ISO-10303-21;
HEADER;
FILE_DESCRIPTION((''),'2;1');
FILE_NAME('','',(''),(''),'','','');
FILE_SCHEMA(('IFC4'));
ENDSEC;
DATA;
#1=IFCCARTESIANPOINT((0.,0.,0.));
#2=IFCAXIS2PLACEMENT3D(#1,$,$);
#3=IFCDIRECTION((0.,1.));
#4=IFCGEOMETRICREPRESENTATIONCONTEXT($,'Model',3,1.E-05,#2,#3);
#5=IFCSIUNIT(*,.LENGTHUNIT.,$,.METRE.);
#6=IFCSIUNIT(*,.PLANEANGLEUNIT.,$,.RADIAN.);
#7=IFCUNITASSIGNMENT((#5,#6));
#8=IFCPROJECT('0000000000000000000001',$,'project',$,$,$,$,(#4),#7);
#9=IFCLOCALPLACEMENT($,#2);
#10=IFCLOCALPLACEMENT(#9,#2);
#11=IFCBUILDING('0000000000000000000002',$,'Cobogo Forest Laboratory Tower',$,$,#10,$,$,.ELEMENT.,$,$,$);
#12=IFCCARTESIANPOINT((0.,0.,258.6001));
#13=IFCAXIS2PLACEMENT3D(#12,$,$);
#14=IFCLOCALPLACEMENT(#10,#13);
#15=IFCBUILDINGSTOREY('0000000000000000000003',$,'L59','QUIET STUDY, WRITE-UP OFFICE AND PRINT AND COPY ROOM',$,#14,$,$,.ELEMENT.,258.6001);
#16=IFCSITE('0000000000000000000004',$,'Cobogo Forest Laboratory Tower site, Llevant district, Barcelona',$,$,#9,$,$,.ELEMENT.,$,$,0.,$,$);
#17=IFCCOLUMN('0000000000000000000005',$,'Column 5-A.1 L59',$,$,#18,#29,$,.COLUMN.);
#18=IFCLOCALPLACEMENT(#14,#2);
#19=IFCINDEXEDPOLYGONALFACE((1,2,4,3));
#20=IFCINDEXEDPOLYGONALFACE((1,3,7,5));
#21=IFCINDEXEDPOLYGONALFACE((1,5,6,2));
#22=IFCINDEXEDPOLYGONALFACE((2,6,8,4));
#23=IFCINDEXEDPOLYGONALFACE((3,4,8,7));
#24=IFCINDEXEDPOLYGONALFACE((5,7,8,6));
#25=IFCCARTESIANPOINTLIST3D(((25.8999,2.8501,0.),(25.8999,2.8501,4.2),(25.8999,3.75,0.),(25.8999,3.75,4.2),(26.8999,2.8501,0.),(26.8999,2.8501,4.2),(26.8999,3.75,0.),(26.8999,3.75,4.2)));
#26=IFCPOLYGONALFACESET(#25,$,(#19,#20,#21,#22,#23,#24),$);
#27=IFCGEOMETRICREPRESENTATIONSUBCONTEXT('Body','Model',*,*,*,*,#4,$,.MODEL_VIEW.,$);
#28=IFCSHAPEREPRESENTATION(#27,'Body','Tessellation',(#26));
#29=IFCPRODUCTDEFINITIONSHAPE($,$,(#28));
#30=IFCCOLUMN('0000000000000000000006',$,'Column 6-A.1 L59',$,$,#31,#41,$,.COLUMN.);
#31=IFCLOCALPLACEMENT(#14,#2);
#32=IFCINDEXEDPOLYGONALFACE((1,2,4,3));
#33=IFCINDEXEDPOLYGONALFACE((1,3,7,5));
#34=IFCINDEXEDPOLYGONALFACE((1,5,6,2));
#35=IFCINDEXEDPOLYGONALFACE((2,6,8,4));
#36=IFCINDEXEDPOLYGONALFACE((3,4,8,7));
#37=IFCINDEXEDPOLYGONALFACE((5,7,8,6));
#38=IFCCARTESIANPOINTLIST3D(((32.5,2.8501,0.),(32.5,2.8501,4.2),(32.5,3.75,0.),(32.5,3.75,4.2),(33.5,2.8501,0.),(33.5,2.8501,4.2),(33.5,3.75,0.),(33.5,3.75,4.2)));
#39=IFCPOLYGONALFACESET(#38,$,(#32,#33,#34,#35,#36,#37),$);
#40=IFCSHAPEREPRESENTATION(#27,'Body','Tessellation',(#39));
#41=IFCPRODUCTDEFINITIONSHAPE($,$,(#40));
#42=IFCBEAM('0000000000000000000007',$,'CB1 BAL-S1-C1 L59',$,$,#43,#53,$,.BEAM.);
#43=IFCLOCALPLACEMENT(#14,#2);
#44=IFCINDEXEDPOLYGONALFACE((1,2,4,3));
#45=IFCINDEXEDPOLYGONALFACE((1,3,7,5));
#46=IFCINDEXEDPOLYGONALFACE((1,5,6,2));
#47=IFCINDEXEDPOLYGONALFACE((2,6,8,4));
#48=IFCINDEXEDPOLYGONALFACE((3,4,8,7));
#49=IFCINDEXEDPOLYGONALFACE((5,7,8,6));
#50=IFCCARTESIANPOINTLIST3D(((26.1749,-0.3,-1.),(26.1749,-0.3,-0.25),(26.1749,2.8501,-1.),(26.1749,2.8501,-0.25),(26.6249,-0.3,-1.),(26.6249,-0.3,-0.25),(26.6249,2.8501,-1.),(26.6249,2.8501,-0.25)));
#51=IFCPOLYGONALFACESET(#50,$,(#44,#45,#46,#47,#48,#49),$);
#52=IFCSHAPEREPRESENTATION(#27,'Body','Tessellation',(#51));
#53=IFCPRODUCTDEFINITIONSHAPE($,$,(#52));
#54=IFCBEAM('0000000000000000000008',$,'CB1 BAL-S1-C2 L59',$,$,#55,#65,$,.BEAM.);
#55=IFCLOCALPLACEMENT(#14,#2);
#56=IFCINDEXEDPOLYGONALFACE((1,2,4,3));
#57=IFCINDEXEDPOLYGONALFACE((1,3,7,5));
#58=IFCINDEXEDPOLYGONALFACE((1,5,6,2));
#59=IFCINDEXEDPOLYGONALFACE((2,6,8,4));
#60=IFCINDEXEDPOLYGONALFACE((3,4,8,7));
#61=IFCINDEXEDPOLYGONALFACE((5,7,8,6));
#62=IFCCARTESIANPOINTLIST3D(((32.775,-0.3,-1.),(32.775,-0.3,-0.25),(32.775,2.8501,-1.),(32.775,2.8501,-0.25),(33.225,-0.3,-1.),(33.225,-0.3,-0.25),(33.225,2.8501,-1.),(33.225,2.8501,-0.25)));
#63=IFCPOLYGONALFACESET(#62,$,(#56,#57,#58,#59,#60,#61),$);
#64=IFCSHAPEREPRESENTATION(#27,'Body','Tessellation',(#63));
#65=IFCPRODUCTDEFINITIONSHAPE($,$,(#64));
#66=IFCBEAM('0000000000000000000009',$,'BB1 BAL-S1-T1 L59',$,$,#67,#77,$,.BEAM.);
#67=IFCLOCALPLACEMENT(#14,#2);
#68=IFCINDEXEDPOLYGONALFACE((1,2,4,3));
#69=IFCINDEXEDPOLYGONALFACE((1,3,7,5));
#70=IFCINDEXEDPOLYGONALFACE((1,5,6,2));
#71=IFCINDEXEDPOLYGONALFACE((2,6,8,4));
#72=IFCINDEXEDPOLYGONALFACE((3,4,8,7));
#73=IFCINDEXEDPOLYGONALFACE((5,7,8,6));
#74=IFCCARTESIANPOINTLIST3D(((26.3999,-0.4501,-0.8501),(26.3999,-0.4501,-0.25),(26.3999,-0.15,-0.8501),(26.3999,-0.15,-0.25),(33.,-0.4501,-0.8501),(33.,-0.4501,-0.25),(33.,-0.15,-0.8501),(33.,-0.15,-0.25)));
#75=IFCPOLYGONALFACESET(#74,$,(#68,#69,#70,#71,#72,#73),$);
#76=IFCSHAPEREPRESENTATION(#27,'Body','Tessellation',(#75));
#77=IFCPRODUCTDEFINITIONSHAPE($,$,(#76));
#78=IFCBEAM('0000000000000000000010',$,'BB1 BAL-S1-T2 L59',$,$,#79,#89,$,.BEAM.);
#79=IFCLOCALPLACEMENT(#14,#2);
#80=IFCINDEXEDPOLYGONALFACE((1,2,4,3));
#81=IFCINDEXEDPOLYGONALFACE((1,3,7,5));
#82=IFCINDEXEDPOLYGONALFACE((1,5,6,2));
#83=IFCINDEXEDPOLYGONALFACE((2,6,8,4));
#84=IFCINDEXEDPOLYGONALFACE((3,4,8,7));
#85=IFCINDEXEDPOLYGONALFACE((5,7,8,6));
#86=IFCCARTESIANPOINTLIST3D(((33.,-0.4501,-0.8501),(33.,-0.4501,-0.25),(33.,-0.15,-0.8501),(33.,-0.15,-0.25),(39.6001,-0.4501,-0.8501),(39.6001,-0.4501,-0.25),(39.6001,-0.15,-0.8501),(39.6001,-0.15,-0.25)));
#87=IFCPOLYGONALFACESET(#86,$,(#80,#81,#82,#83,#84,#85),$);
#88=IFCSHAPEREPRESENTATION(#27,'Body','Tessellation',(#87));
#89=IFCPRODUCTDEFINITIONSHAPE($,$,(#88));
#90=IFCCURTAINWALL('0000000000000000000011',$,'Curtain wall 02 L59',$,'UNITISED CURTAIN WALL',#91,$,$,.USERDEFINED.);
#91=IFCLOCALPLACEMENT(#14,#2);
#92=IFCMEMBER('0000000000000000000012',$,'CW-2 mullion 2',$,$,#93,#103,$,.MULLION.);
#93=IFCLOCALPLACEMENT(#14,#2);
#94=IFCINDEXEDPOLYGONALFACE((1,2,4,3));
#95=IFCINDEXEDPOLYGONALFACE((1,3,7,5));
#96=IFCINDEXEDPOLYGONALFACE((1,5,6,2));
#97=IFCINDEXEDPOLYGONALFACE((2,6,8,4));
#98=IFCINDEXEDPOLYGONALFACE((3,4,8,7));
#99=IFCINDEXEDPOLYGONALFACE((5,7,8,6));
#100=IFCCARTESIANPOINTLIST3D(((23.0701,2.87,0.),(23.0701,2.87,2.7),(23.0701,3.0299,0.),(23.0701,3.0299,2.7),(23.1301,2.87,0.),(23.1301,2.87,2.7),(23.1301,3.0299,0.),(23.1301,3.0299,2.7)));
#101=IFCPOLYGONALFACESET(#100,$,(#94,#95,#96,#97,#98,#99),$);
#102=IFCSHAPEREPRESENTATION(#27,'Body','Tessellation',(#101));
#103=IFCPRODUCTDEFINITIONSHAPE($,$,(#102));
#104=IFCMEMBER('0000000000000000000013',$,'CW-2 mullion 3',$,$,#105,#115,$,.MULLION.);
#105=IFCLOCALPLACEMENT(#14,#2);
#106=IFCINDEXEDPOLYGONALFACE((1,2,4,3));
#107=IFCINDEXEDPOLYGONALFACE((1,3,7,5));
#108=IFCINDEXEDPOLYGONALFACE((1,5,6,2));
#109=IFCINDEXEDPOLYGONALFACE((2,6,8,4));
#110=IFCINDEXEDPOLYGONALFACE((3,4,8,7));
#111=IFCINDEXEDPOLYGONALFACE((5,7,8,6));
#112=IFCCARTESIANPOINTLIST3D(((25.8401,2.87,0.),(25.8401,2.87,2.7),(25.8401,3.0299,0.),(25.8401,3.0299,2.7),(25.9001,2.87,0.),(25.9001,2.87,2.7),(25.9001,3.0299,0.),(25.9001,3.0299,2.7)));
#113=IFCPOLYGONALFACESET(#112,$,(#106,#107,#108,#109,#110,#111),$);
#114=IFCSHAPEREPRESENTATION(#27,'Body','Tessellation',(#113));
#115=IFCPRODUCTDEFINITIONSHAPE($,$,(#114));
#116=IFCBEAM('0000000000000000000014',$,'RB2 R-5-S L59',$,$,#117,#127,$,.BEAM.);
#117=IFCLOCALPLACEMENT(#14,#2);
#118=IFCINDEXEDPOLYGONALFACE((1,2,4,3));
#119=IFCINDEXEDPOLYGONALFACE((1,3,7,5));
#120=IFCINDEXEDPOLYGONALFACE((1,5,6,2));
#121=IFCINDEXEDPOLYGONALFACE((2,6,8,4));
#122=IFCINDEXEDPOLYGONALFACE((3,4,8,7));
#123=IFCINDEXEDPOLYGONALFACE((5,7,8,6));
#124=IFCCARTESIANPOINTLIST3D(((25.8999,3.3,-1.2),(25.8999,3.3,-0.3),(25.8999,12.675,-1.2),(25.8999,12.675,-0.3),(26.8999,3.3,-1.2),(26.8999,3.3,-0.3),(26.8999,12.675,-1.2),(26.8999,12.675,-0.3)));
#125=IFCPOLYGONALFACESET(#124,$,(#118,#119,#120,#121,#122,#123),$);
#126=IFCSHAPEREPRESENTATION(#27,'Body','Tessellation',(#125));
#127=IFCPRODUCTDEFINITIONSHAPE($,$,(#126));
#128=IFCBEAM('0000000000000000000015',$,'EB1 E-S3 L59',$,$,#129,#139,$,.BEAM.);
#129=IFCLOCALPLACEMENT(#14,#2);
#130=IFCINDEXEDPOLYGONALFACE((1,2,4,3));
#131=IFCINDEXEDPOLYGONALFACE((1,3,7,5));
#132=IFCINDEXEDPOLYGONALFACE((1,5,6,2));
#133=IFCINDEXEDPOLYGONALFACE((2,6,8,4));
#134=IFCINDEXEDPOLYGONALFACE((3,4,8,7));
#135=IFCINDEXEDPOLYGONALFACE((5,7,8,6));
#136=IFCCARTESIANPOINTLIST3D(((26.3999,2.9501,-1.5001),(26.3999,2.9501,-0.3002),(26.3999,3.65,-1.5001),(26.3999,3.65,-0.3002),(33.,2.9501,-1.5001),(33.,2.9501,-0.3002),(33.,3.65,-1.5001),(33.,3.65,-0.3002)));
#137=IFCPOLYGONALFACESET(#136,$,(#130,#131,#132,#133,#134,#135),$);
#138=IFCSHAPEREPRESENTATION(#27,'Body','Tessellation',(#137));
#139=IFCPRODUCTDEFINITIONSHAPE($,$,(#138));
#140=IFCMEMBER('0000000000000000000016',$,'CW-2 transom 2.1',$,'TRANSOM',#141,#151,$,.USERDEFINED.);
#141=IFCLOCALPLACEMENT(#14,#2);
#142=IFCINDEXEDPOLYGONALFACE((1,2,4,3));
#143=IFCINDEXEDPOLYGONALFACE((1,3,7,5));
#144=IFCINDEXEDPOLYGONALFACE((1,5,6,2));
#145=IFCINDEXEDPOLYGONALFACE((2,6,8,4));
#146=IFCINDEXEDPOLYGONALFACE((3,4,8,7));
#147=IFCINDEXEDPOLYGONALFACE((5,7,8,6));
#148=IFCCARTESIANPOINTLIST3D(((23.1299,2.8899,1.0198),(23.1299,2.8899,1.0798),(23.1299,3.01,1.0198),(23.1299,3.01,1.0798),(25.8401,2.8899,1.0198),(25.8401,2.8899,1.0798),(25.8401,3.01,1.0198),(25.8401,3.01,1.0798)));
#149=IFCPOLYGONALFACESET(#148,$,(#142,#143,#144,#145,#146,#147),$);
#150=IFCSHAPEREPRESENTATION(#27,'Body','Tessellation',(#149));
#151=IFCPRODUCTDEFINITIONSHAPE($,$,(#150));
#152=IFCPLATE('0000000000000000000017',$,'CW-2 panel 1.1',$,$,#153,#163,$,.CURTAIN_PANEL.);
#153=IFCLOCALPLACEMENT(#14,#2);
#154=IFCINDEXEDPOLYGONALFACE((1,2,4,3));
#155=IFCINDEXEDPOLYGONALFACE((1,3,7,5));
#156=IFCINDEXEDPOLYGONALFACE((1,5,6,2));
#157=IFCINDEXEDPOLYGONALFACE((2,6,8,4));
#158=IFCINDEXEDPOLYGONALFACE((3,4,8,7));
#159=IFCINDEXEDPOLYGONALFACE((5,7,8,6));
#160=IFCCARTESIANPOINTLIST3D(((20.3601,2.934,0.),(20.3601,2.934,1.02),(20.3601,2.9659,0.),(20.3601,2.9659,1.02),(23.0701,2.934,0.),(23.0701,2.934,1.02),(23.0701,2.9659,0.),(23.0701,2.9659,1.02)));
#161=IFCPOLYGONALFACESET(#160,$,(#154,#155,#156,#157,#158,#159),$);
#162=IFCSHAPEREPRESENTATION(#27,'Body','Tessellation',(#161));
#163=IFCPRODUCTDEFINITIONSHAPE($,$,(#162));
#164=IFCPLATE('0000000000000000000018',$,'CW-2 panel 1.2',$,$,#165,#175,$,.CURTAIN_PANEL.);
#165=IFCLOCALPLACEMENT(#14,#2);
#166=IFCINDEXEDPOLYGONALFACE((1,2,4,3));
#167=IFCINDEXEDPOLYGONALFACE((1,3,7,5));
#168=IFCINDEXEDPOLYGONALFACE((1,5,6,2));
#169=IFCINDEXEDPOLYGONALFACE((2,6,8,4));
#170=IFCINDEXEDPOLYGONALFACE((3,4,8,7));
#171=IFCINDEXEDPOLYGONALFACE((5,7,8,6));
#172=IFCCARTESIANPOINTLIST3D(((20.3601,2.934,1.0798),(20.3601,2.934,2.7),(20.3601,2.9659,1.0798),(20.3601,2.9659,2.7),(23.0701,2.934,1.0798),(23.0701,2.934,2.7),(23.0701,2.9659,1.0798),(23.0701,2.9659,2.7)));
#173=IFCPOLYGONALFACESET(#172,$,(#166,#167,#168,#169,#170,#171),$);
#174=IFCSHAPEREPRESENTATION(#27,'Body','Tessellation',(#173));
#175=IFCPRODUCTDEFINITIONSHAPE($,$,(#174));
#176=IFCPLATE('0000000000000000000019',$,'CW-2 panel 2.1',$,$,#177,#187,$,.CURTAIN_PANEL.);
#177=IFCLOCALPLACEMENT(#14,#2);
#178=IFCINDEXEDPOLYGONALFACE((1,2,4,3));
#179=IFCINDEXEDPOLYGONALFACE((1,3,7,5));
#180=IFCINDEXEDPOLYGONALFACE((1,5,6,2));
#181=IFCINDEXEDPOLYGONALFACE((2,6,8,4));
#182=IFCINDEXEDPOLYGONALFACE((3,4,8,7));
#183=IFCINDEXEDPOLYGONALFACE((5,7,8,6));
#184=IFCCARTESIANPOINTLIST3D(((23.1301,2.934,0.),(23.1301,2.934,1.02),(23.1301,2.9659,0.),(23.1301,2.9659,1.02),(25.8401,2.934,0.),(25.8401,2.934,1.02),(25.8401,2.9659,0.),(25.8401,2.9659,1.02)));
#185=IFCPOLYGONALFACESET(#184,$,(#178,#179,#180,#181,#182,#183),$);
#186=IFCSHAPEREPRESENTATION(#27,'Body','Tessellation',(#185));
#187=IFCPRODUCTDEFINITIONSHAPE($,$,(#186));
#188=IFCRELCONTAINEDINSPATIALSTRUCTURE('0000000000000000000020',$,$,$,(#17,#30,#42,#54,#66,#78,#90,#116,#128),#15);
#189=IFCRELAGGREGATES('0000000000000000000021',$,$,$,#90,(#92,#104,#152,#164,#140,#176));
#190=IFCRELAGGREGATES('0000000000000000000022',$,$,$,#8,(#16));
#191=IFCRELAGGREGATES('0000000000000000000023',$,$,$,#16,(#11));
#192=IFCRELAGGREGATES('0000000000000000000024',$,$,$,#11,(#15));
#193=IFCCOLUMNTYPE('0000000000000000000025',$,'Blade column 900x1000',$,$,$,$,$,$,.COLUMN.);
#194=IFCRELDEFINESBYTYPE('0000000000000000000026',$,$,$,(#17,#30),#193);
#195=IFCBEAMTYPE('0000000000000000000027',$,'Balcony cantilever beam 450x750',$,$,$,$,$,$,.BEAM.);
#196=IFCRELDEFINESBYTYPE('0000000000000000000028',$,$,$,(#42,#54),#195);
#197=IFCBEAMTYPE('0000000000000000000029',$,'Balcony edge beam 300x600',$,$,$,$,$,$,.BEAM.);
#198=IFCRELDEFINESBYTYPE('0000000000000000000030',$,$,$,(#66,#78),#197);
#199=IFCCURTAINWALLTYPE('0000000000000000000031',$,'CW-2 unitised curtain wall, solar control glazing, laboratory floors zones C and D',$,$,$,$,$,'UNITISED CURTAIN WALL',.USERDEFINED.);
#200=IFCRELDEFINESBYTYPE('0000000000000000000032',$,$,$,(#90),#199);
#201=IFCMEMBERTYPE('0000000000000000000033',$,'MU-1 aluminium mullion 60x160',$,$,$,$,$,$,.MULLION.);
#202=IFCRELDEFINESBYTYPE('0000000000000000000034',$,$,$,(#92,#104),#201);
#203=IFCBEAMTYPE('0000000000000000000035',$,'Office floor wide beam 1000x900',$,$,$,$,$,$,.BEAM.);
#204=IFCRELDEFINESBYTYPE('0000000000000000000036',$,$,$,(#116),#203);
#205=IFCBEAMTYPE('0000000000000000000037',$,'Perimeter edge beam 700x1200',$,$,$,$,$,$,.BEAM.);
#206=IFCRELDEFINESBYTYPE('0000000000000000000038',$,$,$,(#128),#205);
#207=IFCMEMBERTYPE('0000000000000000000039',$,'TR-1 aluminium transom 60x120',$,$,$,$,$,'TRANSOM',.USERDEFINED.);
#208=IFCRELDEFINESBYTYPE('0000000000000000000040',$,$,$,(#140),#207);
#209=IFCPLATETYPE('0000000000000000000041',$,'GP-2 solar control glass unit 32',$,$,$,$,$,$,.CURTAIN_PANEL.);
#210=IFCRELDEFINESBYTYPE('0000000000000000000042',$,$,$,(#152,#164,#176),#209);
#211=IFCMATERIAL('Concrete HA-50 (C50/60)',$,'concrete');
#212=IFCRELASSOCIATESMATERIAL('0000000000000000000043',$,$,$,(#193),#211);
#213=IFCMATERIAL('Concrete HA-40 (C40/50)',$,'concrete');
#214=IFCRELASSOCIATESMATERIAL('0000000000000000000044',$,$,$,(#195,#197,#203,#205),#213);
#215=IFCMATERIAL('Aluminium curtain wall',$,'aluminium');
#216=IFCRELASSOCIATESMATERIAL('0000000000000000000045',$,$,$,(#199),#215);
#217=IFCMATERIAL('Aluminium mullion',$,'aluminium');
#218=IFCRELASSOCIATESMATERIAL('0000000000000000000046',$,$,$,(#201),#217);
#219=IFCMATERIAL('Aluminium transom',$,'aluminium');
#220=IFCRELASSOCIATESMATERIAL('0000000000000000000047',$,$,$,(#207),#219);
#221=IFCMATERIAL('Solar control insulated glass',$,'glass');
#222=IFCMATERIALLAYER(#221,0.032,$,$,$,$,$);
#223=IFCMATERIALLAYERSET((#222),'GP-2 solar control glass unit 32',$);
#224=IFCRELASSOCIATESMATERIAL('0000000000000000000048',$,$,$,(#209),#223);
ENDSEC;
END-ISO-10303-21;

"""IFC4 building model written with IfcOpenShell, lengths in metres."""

from ifc_helpers import new_model, si_unit, direction, frame, origin, origin_2d, place, context, subcontext, project, spatial, rectangle, extrude, material, layer, layer_set, material_profile, profile_set, type_object, element, aggregate, save


model = new_model("IFC4")

# Units and contexts
model_context = context("Model", 3, precision=1e-05, world=origin(), true_north=direction((0.0, 1.0)))
body_context = subcontext(model_context, "Body", "Model", "MODEL_VIEW")
ifc_project = project(units=[si_unit("LENGTHUNIT", "METRE"), si_unit("PLANEANGLEUNIT", "RADIAN")], contexts=[model_context])

# Site, building, storey
site_placement = place(None, origin())
site = spatial("IfcSite", under=ifc_project, at=site_placement, Name="Cobogo Forest Laboratory Tower site, Llevant district, Barcelona", CompositionType="ELEMENT", RefElevation=0.0)
building_placement = place(site_placement, origin())
building = spatial("IfcBuilding", under=site, at=building_placement, Name="Cobogo Forest Laboratory Tower", CompositionType="ELEMENT")
storey_placement = place(building_placement, frame((0.0, 0.0, 258.6001)))
storey = spatial("IfcBuildingStorey", under=building, at=storey_placement, Name="L59", Description="QUIET STUDY, WRITE-UP OFFICE AND PRINT AND COPY ROOM", CompositionType="ELEMENT", Elevation=258.6001)

# Columns
ifc_material_1 = material(Name="Concrete HA-50 (C50/60)", Category="concrete")
ifc_material_profile_1 = material_profile(ifc_material_1, rectangle(XDim=1.0, YDim=0.8999, at=origin_2d()), Name="RC 900x1000")
ifc_profile_set_1 = profile_set([ifc_material_profile_1], Name="Concrete HA-50 (C50/60)")
column_type = type_object("IfcColumnType", Name="Blade column 900x1000", PredefinedType="COLUMN", material=ifc_profile_set_1)
for number, where, z_axis, x_axis, name in (
    (1, (26.3999, 3.3, 0.0), (0.0, 0.0, 1.0), (1.0, 0.0, 0.0), "Column 5-A.1 L59"),
    (2, (33.0, 3.3, 0.0), (0.0, 0.0, 1.0), (1.0, 0.0, 0.0), "Column 6-A.1 L59"),
):
    element("IfcColumn", number, at=place(storey_placement, frame(where, z_axis=z_axis, x_axis=x_axis)), inside=storey, type_object=column_type, Name=name, PredefinedType="COLUMN", context=body_context, shape_type="SweptSolid", body=[
        extrude(rectangle(XDim=1.0, YDim=0.8999, at=origin_2d()), origin(), (0.0, 0.0, 1.0), 4.2),
    ])

# Beams
ifc_material_2 = material(Name="Concrete HA-40 (C40/50)", Category="concrete")
ifc_material_profile_2 = material_profile(ifc_material_2, rectangle(XDim=0.45, YDim=0.75, at=origin_2d()), Name="RC 450x750")
ifc_profile_set_2 = profile_set([ifc_material_profile_2], Name="Concrete HA-40 (C40/50)")
beam_type_1 = type_object("IfcBeamType", Name="Balcony cantilever beam 450x750", PredefinedType="BEAM", material=ifc_profile_set_2)
for number, where, z_axis, x_axis, name in (
    (3, (26.3999, 2.8501, -0.625), (0.0, -1.0, 0.0), (1.0, 0.0, 0.0), "CB1 BAL-S1-C1 L59"),
    (4, (33.0, 2.8501, -0.625), (0.0, -1.0, 0.0), (1.0, 0.0, 0.0), "CB1 BAL-S1-C2 L59"),
):
    element("IfcBeam", number, at=place(storey_placement, frame(where, z_axis=z_axis, x_axis=x_axis)), inside=storey, type_object=beam_type_1, Name=name, PredefinedType="BEAM", context=body_context, shape_type="SweptSolid", body=[
        extrude(rectangle(XDim=0.45, YDim=0.75, at=origin_2d()), origin(), (0.0, 0.0, 1.0), 3.1501),
    ])
ifc_material_profile_3 = material_profile(ifc_material_2, rectangle(XDim=0.3, YDim=0.6001, at=origin_2d()), Name="RC 300x600")
ifc_profile_set_3 = profile_set([ifc_material_profile_3], Name="Concrete HA-40 (C40/50)")
beam_type_2 = type_object("IfcBeamType", Name="Balcony edge beam 300x600", PredefinedType="BEAM", material=ifc_profile_set_3)
for number, where, z_axis, x_axis, name in (
    (5, (26.3999, -0.3, -0.55), (1.0, 0.0, 0.0), (0.0, 1.0, 0.0), "BB1 BAL-S1-T1 L59"),
    (6, (33.0, -0.3, -0.55), (1.0, 0.0, 0.0), (0.0, 1.0, 0.0), "BB1 BAL-S1-T2 L59"),
):
    element("IfcBeam", number, at=place(storey_placement, frame(where, z_axis=z_axis, x_axis=x_axis)), inside=storey, type_object=beam_type_2, Name=name, PredefinedType="BEAM", context=body_context, shape_type="SweptSolid", body=[
        extrude(rectangle(XDim=0.3, YDim=0.6001, at=origin_2d()), origin(), (0.0, 0.0, 1.0), 6.6001),
    ])

# Curtain wall, members
ifc_material_3 = material(Name="Aluminium curtain wall", Category="aluminium")
curtain_wall_type = type_object("IfcCurtainWallType", Name="CW-2 unitised curtain wall, solar control glazing, laboratory floors zones C and D", ElementType="UNITISED CURTAIN WALL", PredefinedType="USERDEFINED", material=ifc_material_3)
curtain_wall_placement = place(storey_placement, origin())
curtain_wall = element("IfcCurtainWall", 7, at=curtain_wall_placement, inside=storey, type_object=curtain_wall_type, Name="Curtain wall 02 L59", ObjectType="UNITISED CURTAIN WALL", PredefinedType="USERDEFINED")
ifc_material_4 = material(Name="Aluminium mullion", Category="aluminium")
ifc_material_profile_4 = material_profile(ifc_material_4, rectangle(XDim=0.0601, YDim=0.1599, at=origin_2d()), Name="AL 60x160")
ifc_profile_set_4 = profile_set([ifc_material_profile_4], Name="Aluminium mullion")
member_type_1 = type_object("IfcMemberType", Name="MU-1 aluminium mullion 60x160", PredefinedType="MULLION", material=ifc_profile_set_4)
member_1_placement = place(storey_placement, frame((23.1001, 2.95, 0.0), z_axis=(0.0, 0.0, 1.0), x_axis=(1.0, 0.0, 0.0)))
member_1 = element("IfcMember", 8, at=member_1_placement, type_object=member_type_1, Name="CW-2 mullion 2", PredefinedType="MULLION", context=body_context, shape_type="SweptSolid", body=[
    extrude(rectangle(XDim=0.0601, YDim=0.1599, at=origin_2d()), origin(), (0.0, 0.0, 1.0), 2.7),
])
member_2_placement = place(storey_placement, frame((25.8701, 2.95, 0.0), z_axis=(0.0, 0.0, 1.0), x_axis=(1.0, 0.0, 0.0)))
member_2 = element("IfcMember", 9, at=member_2_placement, type_object=member_type_1, Name="CW-2 mullion 3", PredefinedType="MULLION", context=body_context, shape_type="SweptSolid", body=[
    extrude(rectangle(XDim=0.0601, YDim=0.1599, at=origin_2d()), origin(), (0.0, 0.0, 1.0), 2.7),
])

# Beams
ifc_material_profile_5 = material_profile(ifc_material_2, rectangle(XDim=1.0, YDim=0.8999, at=origin_2d()), Name="RC 1000x900")
ifc_profile_set_5 = profile_set([ifc_material_profile_5], Name="Concrete HA-40 (C40/50)")
beam_type_3 = type_object("IfcBeamType", Name="Office floor wide beam 1000x900", PredefinedType="BEAM", material=ifc_profile_set_5)
beam_1_placement = place(storey_placement, frame((26.3999, 12.675, -0.75), z_axis=(0.0, -1.0, 0.0), x_axis=(1.0, 0.0, 0.0)))
element("IfcBeam", 10, at=beam_1_placement, inside=storey, type_object=beam_type_3, Name="RB2 R-5-S L59", PredefinedType="BEAM", context=body_context, shape_type="SweptSolid", body=[
    extrude(rectangle(XDim=1.0, YDim=0.8999, at=origin_2d()), origin(), (0.0, 0.0, 1.0), 9.375),
])
ifc_material_profile_6 = material_profile(ifc_material_2, rectangle(XDim=0.7, YDim=1.2, at=origin_2d()), Name="RC 700x1200")
ifc_profile_set_6 = profile_set([ifc_material_profile_6], Name="Concrete HA-40 (C40/50)")
beam_type_4 = type_object("IfcBeamType", Name="Perimeter edge beam 700x1200", PredefinedType="BEAM", material=ifc_profile_set_6)
beam_2_placement = place(storey_placement, frame((26.3999, 3.3, -0.9001), z_axis=(1.0, 0.0, 0.0), x_axis=(0.0, 1.0, 0.0)))
element("IfcBeam", 11, at=beam_2_placement, inside=storey, type_object=beam_type_4, Name="EB1 E-S3 L59", PredefinedType="BEAM", context=body_context, shape_type="SweptSolid", body=[
    extrude(rectangle(XDim=0.7, YDim=1.2, at=origin_2d()), origin(), (0.0, 0.0, 1.0), 6.6001),
])

# Member
ifc_material_5 = material(Name="Aluminium transom", Category="aluminium")
ifc_material_profile_7 = material_profile(ifc_material_5, rectangle(XDim=0.1201, YDim=0.0601, at=origin_2d()), Name="AL 60x120")
ifc_profile_set_7 = profile_set([ifc_material_profile_7], Name="Aluminium transom")
member_type_2 = type_object("IfcMemberType", Name="TR-1 aluminium transom 60x120", ElementType="TRANSOM", PredefinedType="USERDEFINED", material=ifc_profile_set_7)
member_3_placement = place(storey_placement, frame((23.1299, 2.95, 1.0498), z_axis=(1.0, 0.0, 0.0), x_axis=(0.0, 1.0, 0.0)))
member_3 = element("IfcMember", 12, at=member_3_placement, type_object=member_type_2, Name="CW-2 transom 2.1", ObjectType="TRANSOM", PredefinedType="USERDEFINED", context=body_context, shape_type="SweptSolid", body=[
    extrude(rectangle(XDim=0.1201, YDim=0.0601, at=origin_2d()), origin(), (0.0, 0.0, 1.0), 2.7102),
])

# Plates
ifc_material_6 = material(Name="Solar control insulated glass", Category="glass")
ifc_layer_1 = layer(ifc_material_6, 0.032)
ifc_layer_set_1 = layer_set([ifc_layer_1], Name="GP-2 solar control glass unit 32")
plate_type = type_object("IfcPlateType", Name="GP-2 solar control glass unit 32", PredefinedType="CURTAIN_PANEL", material=ifc_layer_set_1)
plate_1_placement = place(storey_placement, frame((21.7151, 2.95, 0.0), z_axis=(0.0, 0.0, 1.0), x_axis=(1.0, 0.0, 0.0)))
plate_1 = element("IfcPlate", 13, at=plate_1_placement, type_object=plate_type, Name="CW-2 panel 1.1", PredefinedType="CURTAIN_PANEL", context=body_context, shape_type="SweptSolid", body=[
    extrude(rectangle(XDim=2.71, YDim=0.032, at=origin_2d()), origin(), (0.0, 0.0, 1.0), 1.02),
])
plate_2_placement = place(storey_placement, frame((21.7151, 2.95, 1.0798), z_axis=(0.0, 0.0, 1.0), x_axis=(1.0, 0.0, 0.0)))
plate_2 = element("IfcPlate", 14, at=plate_2_placement, type_object=plate_type, Name="CW-2 panel 1.2", PredefinedType="CURTAIN_PANEL", context=body_context, shape_type="SweptSolid", body=[
    extrude(rectangle(XDim=2.71, YDim=0.032, at=origin_2d()), origin(), (0.0, 0.0, 1.0), 1.6201),
])
plate_3_placement = place(storey_placement, frame((24.4851, 2.95, 0.0), z_axis=(0.0, 0.0, 1.0), x_axis=(1.0, 0.0, 0.0)))
plate_3 = element("IfcPlate", 15, at=plate_3_placement, type_object=plate_type, Name="CW-2 panel 2.1", PredefinedType="CURTAIN_PANEL", context=body_context, shape_type="SweptSolid", body=[
    extrude(rectangle(XDim=2.71, YDim=0.032, at=origin_2d()), origin(), (0.0, 0.0, 1.0), 1.02),
])
aggregate(curtain_wall, [member_1, member_2, plate_1, plate_2, member_3, plate_3])

save(model, "model.ifc")
